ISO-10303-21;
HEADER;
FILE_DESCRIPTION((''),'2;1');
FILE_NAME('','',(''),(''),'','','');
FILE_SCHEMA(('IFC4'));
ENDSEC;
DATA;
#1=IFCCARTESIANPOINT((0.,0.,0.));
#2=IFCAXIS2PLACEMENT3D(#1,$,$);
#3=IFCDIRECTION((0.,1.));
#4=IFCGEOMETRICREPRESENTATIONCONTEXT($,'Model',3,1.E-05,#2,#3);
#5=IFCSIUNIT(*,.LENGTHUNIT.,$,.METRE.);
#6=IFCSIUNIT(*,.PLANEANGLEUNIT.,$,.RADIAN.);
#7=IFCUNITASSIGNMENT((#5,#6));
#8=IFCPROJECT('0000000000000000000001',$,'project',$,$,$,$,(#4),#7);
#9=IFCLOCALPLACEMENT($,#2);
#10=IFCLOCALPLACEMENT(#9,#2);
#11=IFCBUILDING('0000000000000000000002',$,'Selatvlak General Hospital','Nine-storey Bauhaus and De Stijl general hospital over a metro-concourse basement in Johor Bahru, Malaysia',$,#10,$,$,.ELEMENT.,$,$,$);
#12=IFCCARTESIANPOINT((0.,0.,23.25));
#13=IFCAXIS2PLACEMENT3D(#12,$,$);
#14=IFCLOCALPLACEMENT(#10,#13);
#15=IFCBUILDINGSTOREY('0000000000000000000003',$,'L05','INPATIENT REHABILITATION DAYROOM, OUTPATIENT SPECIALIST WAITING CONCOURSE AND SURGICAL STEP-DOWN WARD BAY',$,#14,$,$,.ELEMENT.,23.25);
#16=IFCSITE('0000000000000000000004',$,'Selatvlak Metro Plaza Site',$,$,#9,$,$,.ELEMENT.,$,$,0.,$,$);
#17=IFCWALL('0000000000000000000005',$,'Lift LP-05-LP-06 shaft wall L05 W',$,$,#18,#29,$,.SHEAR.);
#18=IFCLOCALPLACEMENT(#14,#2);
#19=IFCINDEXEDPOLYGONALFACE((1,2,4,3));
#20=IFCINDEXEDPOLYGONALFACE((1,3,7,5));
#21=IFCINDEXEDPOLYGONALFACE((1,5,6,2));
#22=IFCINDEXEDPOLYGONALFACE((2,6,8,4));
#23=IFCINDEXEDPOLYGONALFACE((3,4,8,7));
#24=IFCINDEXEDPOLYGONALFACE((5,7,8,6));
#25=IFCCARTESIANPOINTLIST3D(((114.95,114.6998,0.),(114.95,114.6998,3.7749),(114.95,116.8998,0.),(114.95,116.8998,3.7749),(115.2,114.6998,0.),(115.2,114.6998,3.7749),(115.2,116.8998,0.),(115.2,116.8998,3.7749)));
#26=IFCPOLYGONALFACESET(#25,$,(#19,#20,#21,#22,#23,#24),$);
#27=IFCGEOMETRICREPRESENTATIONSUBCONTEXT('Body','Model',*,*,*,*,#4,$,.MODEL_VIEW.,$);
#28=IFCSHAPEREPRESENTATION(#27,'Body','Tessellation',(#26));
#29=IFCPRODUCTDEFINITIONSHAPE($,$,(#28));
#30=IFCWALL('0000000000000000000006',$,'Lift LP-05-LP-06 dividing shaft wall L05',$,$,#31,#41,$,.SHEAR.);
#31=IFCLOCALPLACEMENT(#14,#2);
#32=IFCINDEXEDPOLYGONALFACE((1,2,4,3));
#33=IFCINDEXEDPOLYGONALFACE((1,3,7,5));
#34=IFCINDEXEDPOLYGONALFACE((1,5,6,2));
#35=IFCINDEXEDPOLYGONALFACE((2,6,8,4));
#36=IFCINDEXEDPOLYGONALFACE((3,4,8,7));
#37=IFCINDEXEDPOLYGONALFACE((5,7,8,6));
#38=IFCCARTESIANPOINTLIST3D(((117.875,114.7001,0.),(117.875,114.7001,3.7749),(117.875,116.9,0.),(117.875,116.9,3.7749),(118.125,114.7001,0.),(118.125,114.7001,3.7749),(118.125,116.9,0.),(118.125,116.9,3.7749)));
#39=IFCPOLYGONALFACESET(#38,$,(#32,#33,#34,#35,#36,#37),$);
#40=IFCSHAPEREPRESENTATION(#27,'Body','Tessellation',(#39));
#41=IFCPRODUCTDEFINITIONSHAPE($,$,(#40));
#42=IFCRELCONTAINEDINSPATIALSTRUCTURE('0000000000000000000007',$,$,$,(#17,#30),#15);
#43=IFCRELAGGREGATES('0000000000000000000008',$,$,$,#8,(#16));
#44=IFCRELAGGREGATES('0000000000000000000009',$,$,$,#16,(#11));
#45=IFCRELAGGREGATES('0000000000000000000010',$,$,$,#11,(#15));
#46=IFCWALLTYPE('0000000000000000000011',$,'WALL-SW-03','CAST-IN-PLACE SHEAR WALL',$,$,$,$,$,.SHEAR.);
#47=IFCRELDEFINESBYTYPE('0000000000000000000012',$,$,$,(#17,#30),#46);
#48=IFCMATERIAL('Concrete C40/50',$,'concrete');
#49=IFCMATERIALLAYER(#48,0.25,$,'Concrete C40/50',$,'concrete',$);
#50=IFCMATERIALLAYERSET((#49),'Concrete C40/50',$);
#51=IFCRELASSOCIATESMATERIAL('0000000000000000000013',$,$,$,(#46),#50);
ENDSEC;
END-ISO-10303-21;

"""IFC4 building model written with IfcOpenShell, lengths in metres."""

from ifc_helpers import new_model, si_unit, direction, frame, frame_2d, origin, place, context, subcontext, project, spatial, rectangle, extrude, material, layer, layer_set, type_object, element, save


model = new_model("IFC4")

# Units and contexts
model_context = context("Model", 3, precision=1e-05, world=origin(), true_north=direction((0.0, 1.0)))
body_context = subcontext(model_context, "Body", "Model", "MODEL_VIEW")
ifc_project = project(units=[si_unit("LENGTHUNIT", "METRE"), si_unit("PLANEANGLEUNIT", "RADIAN")], contexts=[model_context])

# Site, building, storey
site_placement = place(None, origin())
site = spatial("IfcSite", under=ifc_project, at=site_placement, Name="Selatvlak Metro Plaza Site", CompositionType="ELEMENT", RefElevation=0.0)
building_placement = place(site_placement, origin())
building = spatial("IfcBuilding", under=site, at=building_placement, Name="Selatvlak General Hospital", Description="Nine-storey Bauhaus and De Stijl general hospital over a metro-concourse basement in Johor Bahru, Malaysia", CompositionType="ELEMENT")
storey_placement = place(building_placement, frame((0.0, 0.0, 23.25)))
storey = spatial("IfcBuildingStorey", under=building, at=storey_placement, Name="L05", Description="INPATIENT REHABILITATION DAYROOM, OUTPATIENT SPECIALIST WAITING CONCOURSE AND SURGICAL STEP-DOWN WARD BAY", CompositionType="ELEMENT", Elevation=23.25)

# Shared definitions
ifc_material_1 = material(Name="Concrete C40/50", Category="concrete")

# Shared definitions
ifc_layer_1 = layer(ifc_material_1, 0.25, Name="Concrete C40/50", Category="concrete")
ifc_layer_set_1 = layer_set([ifc_layer_1], Name="Concrete C40/50")
wall_type_1 = type_object("IfcWallType", Name="WALL-SW-03", Description="CAST-IN-PLACE SHEAR WALL", PredefinedType="SHEAR", material=ifc_layer_set_1)

# Walls
for number, where, z_axis, x_axis, name in (
    (1, (115.075, 116.8999, 0.0), (0.0, 0.0, 1.0), (0.0, -1.0, 0.0), "Lift LP-05-LP-06 shaft wall L05 W"),
    (2, (118.0, 114.7, 0.0), (0.0, 0.0, 1.0), (0.0, 1.0, 0.0), "Lift LP-05-LP-06 dividing shaft wall L05"),
):
    element("IfcWall", number, at=place(storey_placement, frame(where, z_axis=z_axis, x_axis=x_axis)), inside=storey, type_object=wall_type_1, Name=name, PredefinedType="SHEAR", context=body_context, shape_type="SweptSolid", body=[
        extrude(rectangle(XDim=2.2, YDim=0.25, at=frame_2d((1.1001, 0.0))), origin(), (0.0, 0.0, 1.0), 3.7749),
    ])

save(model, "model.ifc")
